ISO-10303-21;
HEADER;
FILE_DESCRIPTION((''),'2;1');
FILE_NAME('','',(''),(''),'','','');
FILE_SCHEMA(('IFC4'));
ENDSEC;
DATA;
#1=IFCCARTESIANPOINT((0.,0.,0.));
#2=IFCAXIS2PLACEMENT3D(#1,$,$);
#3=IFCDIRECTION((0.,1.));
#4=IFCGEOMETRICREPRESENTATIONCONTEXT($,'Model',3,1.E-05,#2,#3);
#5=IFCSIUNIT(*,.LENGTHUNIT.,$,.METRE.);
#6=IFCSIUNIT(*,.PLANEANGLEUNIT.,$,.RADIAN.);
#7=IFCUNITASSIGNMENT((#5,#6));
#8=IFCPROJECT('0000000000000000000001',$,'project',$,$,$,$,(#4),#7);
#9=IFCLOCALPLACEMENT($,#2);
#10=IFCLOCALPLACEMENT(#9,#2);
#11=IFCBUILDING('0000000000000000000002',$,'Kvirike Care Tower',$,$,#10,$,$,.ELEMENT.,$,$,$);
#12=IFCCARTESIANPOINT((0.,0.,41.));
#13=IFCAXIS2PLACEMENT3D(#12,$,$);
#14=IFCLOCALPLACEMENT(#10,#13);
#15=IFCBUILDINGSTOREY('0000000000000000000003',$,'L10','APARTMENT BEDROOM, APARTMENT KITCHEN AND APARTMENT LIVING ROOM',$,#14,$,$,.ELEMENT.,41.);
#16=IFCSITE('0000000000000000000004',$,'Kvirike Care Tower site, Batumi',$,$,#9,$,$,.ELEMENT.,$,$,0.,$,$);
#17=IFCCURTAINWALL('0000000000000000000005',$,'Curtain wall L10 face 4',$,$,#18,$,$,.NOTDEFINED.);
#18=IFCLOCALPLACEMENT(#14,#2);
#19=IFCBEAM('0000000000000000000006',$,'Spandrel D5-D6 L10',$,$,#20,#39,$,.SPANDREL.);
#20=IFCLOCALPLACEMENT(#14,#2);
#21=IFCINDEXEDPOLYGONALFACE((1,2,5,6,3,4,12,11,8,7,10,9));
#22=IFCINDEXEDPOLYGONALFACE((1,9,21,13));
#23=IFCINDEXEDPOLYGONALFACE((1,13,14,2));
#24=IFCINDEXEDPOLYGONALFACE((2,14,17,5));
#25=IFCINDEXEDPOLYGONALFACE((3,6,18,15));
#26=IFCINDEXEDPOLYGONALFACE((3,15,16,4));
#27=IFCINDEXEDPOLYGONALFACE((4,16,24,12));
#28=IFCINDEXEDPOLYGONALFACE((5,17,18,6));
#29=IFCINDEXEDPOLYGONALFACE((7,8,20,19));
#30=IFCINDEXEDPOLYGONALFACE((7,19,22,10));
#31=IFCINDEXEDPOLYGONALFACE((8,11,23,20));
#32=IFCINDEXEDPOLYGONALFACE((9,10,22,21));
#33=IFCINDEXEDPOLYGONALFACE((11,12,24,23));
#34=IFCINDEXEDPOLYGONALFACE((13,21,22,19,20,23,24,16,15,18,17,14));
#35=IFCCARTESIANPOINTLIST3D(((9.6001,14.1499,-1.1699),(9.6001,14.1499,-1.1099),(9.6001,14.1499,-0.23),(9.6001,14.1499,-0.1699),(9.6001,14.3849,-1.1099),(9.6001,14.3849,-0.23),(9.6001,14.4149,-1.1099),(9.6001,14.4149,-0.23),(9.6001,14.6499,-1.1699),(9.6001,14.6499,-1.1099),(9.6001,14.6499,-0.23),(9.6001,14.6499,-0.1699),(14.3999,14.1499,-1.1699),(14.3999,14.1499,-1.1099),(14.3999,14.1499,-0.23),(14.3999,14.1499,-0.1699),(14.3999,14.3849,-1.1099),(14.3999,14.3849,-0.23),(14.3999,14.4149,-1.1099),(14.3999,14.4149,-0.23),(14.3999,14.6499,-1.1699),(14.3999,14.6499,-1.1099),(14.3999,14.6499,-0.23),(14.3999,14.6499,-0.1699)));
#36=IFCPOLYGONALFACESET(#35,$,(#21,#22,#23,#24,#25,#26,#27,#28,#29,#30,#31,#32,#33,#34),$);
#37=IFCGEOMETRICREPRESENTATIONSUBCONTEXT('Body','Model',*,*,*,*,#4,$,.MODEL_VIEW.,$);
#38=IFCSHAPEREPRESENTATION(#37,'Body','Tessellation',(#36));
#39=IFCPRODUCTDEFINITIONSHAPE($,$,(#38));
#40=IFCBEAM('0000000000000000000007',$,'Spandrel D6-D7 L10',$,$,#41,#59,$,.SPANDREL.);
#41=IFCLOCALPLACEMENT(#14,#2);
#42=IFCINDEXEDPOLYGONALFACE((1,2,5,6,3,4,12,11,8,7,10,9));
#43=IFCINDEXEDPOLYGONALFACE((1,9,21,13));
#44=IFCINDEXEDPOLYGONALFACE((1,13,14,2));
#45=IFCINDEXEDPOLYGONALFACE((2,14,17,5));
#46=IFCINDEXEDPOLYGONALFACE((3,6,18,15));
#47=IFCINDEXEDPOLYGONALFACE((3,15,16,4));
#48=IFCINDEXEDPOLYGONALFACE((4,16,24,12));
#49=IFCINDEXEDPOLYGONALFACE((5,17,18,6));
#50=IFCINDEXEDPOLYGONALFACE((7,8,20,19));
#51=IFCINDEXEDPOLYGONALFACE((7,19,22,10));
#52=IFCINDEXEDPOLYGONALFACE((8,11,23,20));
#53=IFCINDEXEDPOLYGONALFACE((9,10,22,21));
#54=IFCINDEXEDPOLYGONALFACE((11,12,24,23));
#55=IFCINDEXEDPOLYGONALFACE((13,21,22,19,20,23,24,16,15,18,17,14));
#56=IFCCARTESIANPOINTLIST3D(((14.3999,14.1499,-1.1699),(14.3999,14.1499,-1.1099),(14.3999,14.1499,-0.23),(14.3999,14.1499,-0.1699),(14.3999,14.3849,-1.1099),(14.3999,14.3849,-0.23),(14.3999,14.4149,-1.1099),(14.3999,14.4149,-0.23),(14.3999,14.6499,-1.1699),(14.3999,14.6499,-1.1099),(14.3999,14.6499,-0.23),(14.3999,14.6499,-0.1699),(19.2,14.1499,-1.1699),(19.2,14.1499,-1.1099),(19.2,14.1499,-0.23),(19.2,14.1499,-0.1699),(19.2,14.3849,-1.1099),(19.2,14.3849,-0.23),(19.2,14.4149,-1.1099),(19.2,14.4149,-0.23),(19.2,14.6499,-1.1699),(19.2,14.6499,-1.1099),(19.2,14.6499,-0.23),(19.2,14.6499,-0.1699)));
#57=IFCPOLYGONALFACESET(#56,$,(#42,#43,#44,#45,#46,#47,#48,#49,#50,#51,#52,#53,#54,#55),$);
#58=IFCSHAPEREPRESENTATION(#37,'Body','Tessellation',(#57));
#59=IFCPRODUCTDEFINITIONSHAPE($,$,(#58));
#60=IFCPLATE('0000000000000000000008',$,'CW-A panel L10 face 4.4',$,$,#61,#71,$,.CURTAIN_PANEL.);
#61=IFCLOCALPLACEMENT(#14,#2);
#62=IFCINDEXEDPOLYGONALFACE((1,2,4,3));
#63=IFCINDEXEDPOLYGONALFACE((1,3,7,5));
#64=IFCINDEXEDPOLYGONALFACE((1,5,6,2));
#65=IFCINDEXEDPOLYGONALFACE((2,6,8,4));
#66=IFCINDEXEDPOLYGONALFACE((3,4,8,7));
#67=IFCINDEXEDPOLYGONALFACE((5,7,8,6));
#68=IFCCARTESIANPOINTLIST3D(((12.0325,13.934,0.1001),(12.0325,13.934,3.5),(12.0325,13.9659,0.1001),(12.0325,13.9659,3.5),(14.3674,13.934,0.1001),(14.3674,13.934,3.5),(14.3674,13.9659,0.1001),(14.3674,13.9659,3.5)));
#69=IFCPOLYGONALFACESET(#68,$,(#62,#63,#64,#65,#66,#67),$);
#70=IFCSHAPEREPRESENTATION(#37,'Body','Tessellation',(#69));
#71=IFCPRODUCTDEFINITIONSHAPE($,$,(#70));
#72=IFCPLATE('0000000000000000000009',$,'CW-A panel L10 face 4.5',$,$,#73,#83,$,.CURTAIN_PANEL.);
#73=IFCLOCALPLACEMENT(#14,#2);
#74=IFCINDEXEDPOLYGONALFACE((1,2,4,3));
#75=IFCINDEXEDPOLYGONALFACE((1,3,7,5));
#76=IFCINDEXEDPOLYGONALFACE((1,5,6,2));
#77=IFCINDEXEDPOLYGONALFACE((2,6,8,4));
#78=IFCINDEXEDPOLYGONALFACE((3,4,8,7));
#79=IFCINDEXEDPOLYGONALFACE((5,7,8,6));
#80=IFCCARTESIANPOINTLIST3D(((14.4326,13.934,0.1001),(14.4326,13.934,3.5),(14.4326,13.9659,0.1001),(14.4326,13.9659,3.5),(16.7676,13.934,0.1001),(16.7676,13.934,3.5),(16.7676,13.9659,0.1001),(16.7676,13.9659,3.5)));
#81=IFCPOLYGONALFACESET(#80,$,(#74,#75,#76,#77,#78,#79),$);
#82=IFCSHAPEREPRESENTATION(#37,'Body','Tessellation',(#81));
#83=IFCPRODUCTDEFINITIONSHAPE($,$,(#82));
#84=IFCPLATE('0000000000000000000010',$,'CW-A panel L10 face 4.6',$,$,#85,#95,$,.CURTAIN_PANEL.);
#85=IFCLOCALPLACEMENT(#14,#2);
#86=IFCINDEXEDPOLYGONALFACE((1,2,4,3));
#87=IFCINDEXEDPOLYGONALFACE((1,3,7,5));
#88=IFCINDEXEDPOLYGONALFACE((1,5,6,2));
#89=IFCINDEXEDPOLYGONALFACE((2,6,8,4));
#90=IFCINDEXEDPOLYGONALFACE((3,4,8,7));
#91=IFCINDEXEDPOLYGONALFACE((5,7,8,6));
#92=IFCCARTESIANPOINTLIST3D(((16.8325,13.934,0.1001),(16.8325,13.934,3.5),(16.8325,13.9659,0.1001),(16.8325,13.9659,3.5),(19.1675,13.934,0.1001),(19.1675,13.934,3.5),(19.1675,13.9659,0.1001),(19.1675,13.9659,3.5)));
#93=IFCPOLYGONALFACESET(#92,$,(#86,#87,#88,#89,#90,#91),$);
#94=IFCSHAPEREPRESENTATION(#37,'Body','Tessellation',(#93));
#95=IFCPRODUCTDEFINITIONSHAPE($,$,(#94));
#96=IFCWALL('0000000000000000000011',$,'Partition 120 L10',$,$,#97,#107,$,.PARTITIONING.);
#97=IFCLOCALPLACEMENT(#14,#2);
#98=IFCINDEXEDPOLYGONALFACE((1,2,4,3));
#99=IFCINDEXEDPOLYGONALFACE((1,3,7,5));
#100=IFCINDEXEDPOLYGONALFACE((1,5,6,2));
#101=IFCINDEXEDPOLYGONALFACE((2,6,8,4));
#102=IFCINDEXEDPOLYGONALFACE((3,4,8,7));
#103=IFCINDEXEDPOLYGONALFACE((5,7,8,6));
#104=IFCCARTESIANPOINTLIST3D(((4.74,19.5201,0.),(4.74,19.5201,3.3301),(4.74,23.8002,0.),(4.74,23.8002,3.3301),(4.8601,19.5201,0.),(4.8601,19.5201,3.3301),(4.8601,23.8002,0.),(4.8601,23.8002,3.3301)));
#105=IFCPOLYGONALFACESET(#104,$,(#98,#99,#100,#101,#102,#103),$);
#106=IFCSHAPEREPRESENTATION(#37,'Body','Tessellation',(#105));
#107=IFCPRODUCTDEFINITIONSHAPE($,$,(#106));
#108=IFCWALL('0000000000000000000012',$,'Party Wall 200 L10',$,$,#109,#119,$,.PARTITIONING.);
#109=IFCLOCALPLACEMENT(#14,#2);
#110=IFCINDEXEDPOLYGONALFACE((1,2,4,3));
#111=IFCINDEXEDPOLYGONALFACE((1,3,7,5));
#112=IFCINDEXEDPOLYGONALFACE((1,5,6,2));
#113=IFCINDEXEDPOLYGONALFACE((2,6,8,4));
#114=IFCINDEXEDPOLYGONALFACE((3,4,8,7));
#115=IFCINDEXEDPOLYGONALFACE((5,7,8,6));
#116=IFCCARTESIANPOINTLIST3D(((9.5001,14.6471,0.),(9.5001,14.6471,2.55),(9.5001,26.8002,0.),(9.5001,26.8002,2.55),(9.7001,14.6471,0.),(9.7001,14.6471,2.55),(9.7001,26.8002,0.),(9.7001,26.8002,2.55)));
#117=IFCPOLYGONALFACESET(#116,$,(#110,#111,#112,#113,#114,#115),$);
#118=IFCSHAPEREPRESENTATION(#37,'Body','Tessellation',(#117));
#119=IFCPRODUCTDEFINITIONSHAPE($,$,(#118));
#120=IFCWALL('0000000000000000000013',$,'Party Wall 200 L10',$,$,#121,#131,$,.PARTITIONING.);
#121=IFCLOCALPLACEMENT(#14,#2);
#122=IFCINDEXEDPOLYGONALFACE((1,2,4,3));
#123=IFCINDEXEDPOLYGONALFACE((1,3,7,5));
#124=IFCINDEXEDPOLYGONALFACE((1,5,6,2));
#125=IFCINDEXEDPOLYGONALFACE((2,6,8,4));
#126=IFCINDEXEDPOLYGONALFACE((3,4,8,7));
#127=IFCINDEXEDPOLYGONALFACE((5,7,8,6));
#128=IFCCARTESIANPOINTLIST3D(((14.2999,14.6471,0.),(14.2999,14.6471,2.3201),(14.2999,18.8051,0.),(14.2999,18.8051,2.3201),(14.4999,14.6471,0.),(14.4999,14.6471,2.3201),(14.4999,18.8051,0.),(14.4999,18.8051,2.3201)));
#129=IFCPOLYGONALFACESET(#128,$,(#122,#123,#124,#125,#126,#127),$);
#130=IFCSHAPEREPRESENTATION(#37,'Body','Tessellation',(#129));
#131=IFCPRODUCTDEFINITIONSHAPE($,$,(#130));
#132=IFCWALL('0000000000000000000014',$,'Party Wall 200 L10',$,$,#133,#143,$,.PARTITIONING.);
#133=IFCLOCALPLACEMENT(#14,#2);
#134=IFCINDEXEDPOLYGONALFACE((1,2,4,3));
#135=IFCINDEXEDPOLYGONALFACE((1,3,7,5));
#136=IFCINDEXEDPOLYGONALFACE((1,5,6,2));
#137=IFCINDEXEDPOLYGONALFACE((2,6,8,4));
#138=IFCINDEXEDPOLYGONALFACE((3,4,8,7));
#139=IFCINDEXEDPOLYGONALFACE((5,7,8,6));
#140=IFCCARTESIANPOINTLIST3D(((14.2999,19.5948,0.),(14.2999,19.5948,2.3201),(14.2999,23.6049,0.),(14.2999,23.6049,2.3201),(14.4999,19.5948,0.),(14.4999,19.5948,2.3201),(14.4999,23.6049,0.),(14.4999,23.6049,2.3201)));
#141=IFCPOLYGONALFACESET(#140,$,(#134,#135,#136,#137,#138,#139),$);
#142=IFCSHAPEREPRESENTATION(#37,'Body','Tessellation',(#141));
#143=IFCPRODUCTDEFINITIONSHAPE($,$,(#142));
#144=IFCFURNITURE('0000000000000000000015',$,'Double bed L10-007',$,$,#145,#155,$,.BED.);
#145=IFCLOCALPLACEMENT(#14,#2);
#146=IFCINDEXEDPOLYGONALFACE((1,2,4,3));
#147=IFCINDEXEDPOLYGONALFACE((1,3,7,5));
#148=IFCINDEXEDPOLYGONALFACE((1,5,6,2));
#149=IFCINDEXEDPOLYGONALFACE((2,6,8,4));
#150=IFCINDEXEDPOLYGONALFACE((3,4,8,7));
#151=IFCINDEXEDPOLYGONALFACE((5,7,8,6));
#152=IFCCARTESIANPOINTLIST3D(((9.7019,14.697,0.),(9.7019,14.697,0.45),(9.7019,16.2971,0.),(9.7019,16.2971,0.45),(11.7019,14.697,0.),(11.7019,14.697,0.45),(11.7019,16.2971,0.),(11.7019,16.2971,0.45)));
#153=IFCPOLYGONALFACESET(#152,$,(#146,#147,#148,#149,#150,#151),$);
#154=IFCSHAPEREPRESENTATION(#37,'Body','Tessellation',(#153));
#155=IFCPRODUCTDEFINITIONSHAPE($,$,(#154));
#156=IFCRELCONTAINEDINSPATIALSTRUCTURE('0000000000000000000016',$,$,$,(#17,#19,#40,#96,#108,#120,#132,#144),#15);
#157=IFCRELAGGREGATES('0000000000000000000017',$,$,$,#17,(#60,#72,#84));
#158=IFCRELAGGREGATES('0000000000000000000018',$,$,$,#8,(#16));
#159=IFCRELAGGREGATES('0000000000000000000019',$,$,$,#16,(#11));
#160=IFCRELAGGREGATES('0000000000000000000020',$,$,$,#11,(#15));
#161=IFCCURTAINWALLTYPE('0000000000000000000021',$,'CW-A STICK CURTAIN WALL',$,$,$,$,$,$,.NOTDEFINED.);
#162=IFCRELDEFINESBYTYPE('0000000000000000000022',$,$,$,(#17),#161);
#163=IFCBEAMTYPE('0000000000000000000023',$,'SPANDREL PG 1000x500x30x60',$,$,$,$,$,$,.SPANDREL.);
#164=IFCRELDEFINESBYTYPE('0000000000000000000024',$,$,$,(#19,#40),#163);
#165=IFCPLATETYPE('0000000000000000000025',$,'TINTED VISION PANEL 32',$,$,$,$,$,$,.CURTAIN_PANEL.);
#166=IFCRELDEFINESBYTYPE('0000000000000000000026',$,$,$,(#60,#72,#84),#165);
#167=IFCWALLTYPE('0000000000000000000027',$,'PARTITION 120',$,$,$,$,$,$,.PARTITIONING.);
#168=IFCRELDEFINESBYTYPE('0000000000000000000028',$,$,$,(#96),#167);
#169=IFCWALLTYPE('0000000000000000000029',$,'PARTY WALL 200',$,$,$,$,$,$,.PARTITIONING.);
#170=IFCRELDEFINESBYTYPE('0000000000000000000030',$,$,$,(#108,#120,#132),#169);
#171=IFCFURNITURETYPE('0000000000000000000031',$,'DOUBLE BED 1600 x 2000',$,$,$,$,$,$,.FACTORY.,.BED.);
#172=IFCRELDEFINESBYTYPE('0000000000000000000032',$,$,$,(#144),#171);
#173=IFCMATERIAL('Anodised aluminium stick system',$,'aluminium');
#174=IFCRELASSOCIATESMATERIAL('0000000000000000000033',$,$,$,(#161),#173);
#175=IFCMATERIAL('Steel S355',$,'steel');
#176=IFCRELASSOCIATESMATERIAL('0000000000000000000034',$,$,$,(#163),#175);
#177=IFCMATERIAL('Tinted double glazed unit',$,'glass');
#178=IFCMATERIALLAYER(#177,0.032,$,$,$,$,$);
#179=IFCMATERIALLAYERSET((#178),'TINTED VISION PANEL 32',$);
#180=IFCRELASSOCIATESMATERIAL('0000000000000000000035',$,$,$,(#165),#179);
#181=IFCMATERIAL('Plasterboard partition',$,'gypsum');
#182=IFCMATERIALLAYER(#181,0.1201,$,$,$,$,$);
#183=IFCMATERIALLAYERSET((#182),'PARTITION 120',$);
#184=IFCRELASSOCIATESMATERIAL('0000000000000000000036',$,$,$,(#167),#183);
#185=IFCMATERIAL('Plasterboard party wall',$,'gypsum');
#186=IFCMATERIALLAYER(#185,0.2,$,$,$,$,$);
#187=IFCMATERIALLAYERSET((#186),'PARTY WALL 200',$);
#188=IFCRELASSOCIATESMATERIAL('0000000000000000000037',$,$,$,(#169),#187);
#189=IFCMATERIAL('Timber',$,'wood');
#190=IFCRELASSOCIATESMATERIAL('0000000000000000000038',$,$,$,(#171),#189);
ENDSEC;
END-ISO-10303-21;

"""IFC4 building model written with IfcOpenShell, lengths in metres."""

from ifc_helpers import new_model, si_unit, direction, frame, frame_2d, origin, origin_2d, place, context, subcontext, project, spatial, rectangle, i_section, extrude, material, layer, layer_set, material_profile, profile_set, type_object, element, aggregate, save


model = new_model("IFC4")

# Units and contexts
model_context = context("Model", 3, precision=1e-05, world=origin(), true_north=direction((0.0, 1.0)))
body_context = subcontext(model_context, "Body", "Model", "MODEL_VIEW")
ifc_project = project(units=[si_unit("LENGTHUNIT", "METRE"), si_unit("PLANEANGLEUNIT", "RADIAN")], contexts=[model_context])

# Site, building, storey
site_placement = place(None, origin())
site = spatial("IfcSite", under=ifc_project, at=site_placement, Name="Kvirike Care Tower site, Batumi", CompositionType="ELEMENT", RefElevation=0.0)
building_placement = place(site_placement, origin())
building = spatial("IfcBuilding", under=site, at=building_placement, Name="Kvirike Care Tower", CompositionType="ELEMENT")
storey_placement = place(building_placement, frame((0.0, 0.0, 41.0)))
storey = spatial("IfcBuildingStorey", under=building, at=storey_placement, Name="L10", Description="APARTMENT BEDROOM, APARTMENT KITCHEN AND APARTMENT LIVING ROOM", CompositionType="ELEMENT", Elevation=41.0)

# Curtain wall
ifc_material_1 = material(Name="Anodised aluminium stick system", Category="aluminium")
curtain_wall_type = type_object("IfcCurtainWallType", Name="CW-A STICK CURTAIN WALL", PredefinedType="NOTDEFINED", material=ifc_material_1)
curtain_wall_placement = place(storey_placement, origin())
curtain_wall = element("IfcCurtainWall", 1, at=curtain_wall_placement, inside=storey, type_object=curtain_wall_type, Name="Curtain wall L10 face 4", PredefinedType="NOTDEFINED")

# Beams
ifc_material_2 = material(Name="Steel S355", Category="steel")
ifc_material_profile_1 = material_profile(ifc_material_2, i_section(OverallWidth=0.5, OverallDepth=1.0, WebThickness=0.03, FlangeThickness=0.0601, at=origin_2d()), Name="PG 1000x500x30x60")
ifc_profile_set_1 = profile_set([ifc_material_profile_1], Name="Steel S355")
beam_type_1 = type_object("IfcBeamType", Name="SPANDREL PG 1000x500x30x60", PredefinedType="SPANDREL", material=ifc_profile_set_1)
beam_1_placement = place(storey_placement, frame((9.6001, 14.3999, -0.6699), z_axis=(1.0, 0.0, 0.0), x_axis=(0.0, 1.0, 0.0)))
element("IfcBeam", 2, at=beam_1_placement, inside=storey, type_object=beam_type_1, Name="Spandrel D5-D6 L10", PredefinedType="SPANDREL", context=body_context, shape_type="SweptSolid", body=[
    extrude(i_section(OverallWidth=0.5, OverallDepth=1.0, WebThickness=0.03, FlangeThickness=0.0601, at=origin_2d()), origin(), (0.0, 0.0, 1.0), 4.7998),
])
beam_2_placement = place(storey_placement, frame((14.3999, 14.3999, -0.6699), z_axis=(1.0, 0.0, 0.0), x_axis=(0.0, 1.0, 0.0)))
element("IfcBeam", 3, at=beam_2_placement, inside=storey, type_object=beam_type_1, Name="Spandrel D6-D7 L10", PredefinedType="SPANDREL", context=body_context, shape_type="SweptSolid", body=[
    extrude(i_section(OverallWidth=0.5, OverallDepth=1.0, WebThickness=0.03, FlangeThickness=0.0601, at=origin_2d()), origin(), (0.0, 0.0, 1.0), 4.8),
])

# Plates
ifc_material_3 = material(Name="Tinted double glazed unit", Category="glass")
ifc_layer_1 = layer(ifc_material_3, 0.032)
ifc_layer_set_1 = layer_set([ifc_layer_1], Name="TINTED VISION PANEL 32")
plate_type = type_object("IfcPlateType", Name="TINTED VISION PANEL 32", PredefinedType="CURTAIN_PANEL", material=ifc_layer_set_1)
plate_1_placement = place(storey_placement, frame((13.2, 13.95, 0.1001), z_axis=(0.0, 0.0, 1.0), x_axis=(1.0, 0.0, 0.0)))
plate_1 = element("IfcPlate", 4, at=plate_1_placement, type_object=plate_type, Name="CW-A panel L10 face 4.4", PredefinedType="CURTAIN_PANEL", context=body_context, shape_type="SweptSolid", body=[
    extrude(rectangle(XDim=2.335, YDim=0.032, at=origin_2d()), origin(), (0.0, 0.0, 1.0), 3.3999),
])
plate_2_placement = place(storey_placement, frame((15.6001, 13.95, 0.1001), z_axis=(0.0, 0.0, 1.0), x_axis=(1.0, 0.0, 0.0)))
plate_2 = element("IfcPlate", 5, at=plate_2_placement, type_object=plate_type, Name="CW-A panel L10 face 4.5", PredefinedType="CURTAIN_PANEL", context=body_context, shape_type="SweptSolid", body=[
    extrude(rectangle(XDim=2.335, YDim=0.032, at=origin_2d()), origin(), (0.0, 0.0, 1.0), 3.3999),
])
plate_3_placement = place(storey_placement, frame((18.0, 13.95, 0.1001), z_axis=(0.0, 0.0, 1.0), x_axis=(1.0, 0.0, 0.0)))
plate_3 = element("IfcPlate", 6, at=plate_3_placement, type_object=plate_type, Name="CW-A panel L10 face 4.6", PredefinedType="CURTAIN_PANEL", context=body_context, shape_type="SweptSolid", body=[
    extrude(rectangle(XDim=2.335, YDim=0.032, at=origin_2d()), origin(), (0.0, 0.0, 1.0), 3.3999),
])
aggregate(curtain_wall, [plate_1, plate_2, plate_3])

# Walls
ifc_material_4 = material(Name="Plasterboard partition", Category="gypsum")
ifc_layer_2 = layer(ifc_material_4, 0.1201)
ifc_layer_set_2 = layer_set([ifc_layer_2], Name="PARTITION 120")
wall_type_1 = type_object("IfcWallType", Name="PARTITION 120", PredefinedType="PARTITIONING", material=ifc_layer_set_2)
wall_1_placement = place(storey_placement, frame((4.8, 19.52, 0.0), z_axis=(0.0, 0.0, 1.0), x_axis=(0.0, 1.0, 0.0)))
element("IfcWall", 7, at=wall_1_placement, inside=storey, type_object=wall_type_1, Name="Partition 120 L10", PredefinedType="PARTITIONING", context=body_context, shape_type="SweptSolid", body=[
    extrude(rectangle(XDim=4.28, YDim=0.1201, at=frame_2d((2.1401, 0.0))), origin(), (0.0, 0.0, 1.0), 3.3301),
])
ifc_material_5 = material(Name="Plasterboard party wall", Category="gypsum")
ifc_layer_3 = layer(ifc_material_5, 0.2)
ifc_layer_set_3 = layer_set([ifc_layer_3], Name="PARTY WALL 200")
wall_type_2 = type_object("IfcWallType", Name="PARTY WALL 200", PredefinedType="PARTITIONING", material=ifc_layer_set_3)
wall_2_placement = place(storey_placement, frame((9.6001, 14.647, 0.0), z_axis=(0.0, 0.0, 1.0), x_axis=(0.0, 1.0, 0.0)))
element("IfcWall", 8, at=wall_2_placement, inside=storey, type_object=wall_type_2, Name="Party Wall 200 L10", PredefinedType="PARTITIONING", context=body_context, shape_type="SweptSolid", body=[
    extrude(rectangle(XDim=12.1531, YDim=0.2, at=frame_2d((6.0767, 0.0))), origin(), (0.0, 0.0, 1.0), 2.55),
])
wall_3_placement = place(storey_placement, frame((14.3999, 14.647, 0.0), z_axis=(0.0, 0.0, 1.0), x_axis=(0.0, 1.0, 0.0)))
element("IfcWall", 9, at=wall_3_placement, inside=storey, type_object=wall_type_2, Name="Party Wall 200 L10", PredefinedType="PARTITIONING", context=body_context, shape_type="SweptSolid", body=[
    extrude(rectangle(XDim=4.158, YDim=0.2, at=frame_2d((2.0791, 0.0))), origin(), (0.0, 0.0, 1.0), 2.3201),
])
wall_4_placement = place(storey_placement, frame((14.3999, 19.595, 0.0), z_axis=(0.0, 0.0, 1.0), x_axis=(0.0, 1.0, 0.0)))
element("IfcWall", 10, at=wall_4_placement, inside=storey, type_object=wall_type_2, Name="Party Wall 200 L10", PredefinedType="PARTITIONING", context=body_context, shape_type="SweptSolid", body=[
    extrude(rectangle(XDim=4.01, YDim=0.2, at=frame_2d((2.0049, 0.0))), origin(), (0.0, 0.0, 1.0), 2.3201),
])

# Furniture
ifc_material_6 = material(Name="Timber", Category="wood")
furniture_type = type_object("IfcFurnitureType", Name="DOUBLE BED 1600 x 2000", AssemblyPlace="FACTORY", PredefinedType="BED", material=ifc_material_6)
furniture_placement = place(storey_placement, frame((10.7019, 15.4971, 0.0), z_axis=(0.0, 0.0, 1.0), x_axis=(0.0, 1.0, 0.0)))
element("IfcFurniture", 11, at=furniture_placement, inside=storey, type_object=furniture_type, Name="Double bed L10-007", PredefinedType="BED", context=body_context, shape_type="SweptSolid", body=[
    extrude(rectangle(XDim=1.6001, YDim=2.0, at=origin_2d()), origin(), (0.0, 0.0, 1.0), 0.45),
])

save(model, "model.ifc")
